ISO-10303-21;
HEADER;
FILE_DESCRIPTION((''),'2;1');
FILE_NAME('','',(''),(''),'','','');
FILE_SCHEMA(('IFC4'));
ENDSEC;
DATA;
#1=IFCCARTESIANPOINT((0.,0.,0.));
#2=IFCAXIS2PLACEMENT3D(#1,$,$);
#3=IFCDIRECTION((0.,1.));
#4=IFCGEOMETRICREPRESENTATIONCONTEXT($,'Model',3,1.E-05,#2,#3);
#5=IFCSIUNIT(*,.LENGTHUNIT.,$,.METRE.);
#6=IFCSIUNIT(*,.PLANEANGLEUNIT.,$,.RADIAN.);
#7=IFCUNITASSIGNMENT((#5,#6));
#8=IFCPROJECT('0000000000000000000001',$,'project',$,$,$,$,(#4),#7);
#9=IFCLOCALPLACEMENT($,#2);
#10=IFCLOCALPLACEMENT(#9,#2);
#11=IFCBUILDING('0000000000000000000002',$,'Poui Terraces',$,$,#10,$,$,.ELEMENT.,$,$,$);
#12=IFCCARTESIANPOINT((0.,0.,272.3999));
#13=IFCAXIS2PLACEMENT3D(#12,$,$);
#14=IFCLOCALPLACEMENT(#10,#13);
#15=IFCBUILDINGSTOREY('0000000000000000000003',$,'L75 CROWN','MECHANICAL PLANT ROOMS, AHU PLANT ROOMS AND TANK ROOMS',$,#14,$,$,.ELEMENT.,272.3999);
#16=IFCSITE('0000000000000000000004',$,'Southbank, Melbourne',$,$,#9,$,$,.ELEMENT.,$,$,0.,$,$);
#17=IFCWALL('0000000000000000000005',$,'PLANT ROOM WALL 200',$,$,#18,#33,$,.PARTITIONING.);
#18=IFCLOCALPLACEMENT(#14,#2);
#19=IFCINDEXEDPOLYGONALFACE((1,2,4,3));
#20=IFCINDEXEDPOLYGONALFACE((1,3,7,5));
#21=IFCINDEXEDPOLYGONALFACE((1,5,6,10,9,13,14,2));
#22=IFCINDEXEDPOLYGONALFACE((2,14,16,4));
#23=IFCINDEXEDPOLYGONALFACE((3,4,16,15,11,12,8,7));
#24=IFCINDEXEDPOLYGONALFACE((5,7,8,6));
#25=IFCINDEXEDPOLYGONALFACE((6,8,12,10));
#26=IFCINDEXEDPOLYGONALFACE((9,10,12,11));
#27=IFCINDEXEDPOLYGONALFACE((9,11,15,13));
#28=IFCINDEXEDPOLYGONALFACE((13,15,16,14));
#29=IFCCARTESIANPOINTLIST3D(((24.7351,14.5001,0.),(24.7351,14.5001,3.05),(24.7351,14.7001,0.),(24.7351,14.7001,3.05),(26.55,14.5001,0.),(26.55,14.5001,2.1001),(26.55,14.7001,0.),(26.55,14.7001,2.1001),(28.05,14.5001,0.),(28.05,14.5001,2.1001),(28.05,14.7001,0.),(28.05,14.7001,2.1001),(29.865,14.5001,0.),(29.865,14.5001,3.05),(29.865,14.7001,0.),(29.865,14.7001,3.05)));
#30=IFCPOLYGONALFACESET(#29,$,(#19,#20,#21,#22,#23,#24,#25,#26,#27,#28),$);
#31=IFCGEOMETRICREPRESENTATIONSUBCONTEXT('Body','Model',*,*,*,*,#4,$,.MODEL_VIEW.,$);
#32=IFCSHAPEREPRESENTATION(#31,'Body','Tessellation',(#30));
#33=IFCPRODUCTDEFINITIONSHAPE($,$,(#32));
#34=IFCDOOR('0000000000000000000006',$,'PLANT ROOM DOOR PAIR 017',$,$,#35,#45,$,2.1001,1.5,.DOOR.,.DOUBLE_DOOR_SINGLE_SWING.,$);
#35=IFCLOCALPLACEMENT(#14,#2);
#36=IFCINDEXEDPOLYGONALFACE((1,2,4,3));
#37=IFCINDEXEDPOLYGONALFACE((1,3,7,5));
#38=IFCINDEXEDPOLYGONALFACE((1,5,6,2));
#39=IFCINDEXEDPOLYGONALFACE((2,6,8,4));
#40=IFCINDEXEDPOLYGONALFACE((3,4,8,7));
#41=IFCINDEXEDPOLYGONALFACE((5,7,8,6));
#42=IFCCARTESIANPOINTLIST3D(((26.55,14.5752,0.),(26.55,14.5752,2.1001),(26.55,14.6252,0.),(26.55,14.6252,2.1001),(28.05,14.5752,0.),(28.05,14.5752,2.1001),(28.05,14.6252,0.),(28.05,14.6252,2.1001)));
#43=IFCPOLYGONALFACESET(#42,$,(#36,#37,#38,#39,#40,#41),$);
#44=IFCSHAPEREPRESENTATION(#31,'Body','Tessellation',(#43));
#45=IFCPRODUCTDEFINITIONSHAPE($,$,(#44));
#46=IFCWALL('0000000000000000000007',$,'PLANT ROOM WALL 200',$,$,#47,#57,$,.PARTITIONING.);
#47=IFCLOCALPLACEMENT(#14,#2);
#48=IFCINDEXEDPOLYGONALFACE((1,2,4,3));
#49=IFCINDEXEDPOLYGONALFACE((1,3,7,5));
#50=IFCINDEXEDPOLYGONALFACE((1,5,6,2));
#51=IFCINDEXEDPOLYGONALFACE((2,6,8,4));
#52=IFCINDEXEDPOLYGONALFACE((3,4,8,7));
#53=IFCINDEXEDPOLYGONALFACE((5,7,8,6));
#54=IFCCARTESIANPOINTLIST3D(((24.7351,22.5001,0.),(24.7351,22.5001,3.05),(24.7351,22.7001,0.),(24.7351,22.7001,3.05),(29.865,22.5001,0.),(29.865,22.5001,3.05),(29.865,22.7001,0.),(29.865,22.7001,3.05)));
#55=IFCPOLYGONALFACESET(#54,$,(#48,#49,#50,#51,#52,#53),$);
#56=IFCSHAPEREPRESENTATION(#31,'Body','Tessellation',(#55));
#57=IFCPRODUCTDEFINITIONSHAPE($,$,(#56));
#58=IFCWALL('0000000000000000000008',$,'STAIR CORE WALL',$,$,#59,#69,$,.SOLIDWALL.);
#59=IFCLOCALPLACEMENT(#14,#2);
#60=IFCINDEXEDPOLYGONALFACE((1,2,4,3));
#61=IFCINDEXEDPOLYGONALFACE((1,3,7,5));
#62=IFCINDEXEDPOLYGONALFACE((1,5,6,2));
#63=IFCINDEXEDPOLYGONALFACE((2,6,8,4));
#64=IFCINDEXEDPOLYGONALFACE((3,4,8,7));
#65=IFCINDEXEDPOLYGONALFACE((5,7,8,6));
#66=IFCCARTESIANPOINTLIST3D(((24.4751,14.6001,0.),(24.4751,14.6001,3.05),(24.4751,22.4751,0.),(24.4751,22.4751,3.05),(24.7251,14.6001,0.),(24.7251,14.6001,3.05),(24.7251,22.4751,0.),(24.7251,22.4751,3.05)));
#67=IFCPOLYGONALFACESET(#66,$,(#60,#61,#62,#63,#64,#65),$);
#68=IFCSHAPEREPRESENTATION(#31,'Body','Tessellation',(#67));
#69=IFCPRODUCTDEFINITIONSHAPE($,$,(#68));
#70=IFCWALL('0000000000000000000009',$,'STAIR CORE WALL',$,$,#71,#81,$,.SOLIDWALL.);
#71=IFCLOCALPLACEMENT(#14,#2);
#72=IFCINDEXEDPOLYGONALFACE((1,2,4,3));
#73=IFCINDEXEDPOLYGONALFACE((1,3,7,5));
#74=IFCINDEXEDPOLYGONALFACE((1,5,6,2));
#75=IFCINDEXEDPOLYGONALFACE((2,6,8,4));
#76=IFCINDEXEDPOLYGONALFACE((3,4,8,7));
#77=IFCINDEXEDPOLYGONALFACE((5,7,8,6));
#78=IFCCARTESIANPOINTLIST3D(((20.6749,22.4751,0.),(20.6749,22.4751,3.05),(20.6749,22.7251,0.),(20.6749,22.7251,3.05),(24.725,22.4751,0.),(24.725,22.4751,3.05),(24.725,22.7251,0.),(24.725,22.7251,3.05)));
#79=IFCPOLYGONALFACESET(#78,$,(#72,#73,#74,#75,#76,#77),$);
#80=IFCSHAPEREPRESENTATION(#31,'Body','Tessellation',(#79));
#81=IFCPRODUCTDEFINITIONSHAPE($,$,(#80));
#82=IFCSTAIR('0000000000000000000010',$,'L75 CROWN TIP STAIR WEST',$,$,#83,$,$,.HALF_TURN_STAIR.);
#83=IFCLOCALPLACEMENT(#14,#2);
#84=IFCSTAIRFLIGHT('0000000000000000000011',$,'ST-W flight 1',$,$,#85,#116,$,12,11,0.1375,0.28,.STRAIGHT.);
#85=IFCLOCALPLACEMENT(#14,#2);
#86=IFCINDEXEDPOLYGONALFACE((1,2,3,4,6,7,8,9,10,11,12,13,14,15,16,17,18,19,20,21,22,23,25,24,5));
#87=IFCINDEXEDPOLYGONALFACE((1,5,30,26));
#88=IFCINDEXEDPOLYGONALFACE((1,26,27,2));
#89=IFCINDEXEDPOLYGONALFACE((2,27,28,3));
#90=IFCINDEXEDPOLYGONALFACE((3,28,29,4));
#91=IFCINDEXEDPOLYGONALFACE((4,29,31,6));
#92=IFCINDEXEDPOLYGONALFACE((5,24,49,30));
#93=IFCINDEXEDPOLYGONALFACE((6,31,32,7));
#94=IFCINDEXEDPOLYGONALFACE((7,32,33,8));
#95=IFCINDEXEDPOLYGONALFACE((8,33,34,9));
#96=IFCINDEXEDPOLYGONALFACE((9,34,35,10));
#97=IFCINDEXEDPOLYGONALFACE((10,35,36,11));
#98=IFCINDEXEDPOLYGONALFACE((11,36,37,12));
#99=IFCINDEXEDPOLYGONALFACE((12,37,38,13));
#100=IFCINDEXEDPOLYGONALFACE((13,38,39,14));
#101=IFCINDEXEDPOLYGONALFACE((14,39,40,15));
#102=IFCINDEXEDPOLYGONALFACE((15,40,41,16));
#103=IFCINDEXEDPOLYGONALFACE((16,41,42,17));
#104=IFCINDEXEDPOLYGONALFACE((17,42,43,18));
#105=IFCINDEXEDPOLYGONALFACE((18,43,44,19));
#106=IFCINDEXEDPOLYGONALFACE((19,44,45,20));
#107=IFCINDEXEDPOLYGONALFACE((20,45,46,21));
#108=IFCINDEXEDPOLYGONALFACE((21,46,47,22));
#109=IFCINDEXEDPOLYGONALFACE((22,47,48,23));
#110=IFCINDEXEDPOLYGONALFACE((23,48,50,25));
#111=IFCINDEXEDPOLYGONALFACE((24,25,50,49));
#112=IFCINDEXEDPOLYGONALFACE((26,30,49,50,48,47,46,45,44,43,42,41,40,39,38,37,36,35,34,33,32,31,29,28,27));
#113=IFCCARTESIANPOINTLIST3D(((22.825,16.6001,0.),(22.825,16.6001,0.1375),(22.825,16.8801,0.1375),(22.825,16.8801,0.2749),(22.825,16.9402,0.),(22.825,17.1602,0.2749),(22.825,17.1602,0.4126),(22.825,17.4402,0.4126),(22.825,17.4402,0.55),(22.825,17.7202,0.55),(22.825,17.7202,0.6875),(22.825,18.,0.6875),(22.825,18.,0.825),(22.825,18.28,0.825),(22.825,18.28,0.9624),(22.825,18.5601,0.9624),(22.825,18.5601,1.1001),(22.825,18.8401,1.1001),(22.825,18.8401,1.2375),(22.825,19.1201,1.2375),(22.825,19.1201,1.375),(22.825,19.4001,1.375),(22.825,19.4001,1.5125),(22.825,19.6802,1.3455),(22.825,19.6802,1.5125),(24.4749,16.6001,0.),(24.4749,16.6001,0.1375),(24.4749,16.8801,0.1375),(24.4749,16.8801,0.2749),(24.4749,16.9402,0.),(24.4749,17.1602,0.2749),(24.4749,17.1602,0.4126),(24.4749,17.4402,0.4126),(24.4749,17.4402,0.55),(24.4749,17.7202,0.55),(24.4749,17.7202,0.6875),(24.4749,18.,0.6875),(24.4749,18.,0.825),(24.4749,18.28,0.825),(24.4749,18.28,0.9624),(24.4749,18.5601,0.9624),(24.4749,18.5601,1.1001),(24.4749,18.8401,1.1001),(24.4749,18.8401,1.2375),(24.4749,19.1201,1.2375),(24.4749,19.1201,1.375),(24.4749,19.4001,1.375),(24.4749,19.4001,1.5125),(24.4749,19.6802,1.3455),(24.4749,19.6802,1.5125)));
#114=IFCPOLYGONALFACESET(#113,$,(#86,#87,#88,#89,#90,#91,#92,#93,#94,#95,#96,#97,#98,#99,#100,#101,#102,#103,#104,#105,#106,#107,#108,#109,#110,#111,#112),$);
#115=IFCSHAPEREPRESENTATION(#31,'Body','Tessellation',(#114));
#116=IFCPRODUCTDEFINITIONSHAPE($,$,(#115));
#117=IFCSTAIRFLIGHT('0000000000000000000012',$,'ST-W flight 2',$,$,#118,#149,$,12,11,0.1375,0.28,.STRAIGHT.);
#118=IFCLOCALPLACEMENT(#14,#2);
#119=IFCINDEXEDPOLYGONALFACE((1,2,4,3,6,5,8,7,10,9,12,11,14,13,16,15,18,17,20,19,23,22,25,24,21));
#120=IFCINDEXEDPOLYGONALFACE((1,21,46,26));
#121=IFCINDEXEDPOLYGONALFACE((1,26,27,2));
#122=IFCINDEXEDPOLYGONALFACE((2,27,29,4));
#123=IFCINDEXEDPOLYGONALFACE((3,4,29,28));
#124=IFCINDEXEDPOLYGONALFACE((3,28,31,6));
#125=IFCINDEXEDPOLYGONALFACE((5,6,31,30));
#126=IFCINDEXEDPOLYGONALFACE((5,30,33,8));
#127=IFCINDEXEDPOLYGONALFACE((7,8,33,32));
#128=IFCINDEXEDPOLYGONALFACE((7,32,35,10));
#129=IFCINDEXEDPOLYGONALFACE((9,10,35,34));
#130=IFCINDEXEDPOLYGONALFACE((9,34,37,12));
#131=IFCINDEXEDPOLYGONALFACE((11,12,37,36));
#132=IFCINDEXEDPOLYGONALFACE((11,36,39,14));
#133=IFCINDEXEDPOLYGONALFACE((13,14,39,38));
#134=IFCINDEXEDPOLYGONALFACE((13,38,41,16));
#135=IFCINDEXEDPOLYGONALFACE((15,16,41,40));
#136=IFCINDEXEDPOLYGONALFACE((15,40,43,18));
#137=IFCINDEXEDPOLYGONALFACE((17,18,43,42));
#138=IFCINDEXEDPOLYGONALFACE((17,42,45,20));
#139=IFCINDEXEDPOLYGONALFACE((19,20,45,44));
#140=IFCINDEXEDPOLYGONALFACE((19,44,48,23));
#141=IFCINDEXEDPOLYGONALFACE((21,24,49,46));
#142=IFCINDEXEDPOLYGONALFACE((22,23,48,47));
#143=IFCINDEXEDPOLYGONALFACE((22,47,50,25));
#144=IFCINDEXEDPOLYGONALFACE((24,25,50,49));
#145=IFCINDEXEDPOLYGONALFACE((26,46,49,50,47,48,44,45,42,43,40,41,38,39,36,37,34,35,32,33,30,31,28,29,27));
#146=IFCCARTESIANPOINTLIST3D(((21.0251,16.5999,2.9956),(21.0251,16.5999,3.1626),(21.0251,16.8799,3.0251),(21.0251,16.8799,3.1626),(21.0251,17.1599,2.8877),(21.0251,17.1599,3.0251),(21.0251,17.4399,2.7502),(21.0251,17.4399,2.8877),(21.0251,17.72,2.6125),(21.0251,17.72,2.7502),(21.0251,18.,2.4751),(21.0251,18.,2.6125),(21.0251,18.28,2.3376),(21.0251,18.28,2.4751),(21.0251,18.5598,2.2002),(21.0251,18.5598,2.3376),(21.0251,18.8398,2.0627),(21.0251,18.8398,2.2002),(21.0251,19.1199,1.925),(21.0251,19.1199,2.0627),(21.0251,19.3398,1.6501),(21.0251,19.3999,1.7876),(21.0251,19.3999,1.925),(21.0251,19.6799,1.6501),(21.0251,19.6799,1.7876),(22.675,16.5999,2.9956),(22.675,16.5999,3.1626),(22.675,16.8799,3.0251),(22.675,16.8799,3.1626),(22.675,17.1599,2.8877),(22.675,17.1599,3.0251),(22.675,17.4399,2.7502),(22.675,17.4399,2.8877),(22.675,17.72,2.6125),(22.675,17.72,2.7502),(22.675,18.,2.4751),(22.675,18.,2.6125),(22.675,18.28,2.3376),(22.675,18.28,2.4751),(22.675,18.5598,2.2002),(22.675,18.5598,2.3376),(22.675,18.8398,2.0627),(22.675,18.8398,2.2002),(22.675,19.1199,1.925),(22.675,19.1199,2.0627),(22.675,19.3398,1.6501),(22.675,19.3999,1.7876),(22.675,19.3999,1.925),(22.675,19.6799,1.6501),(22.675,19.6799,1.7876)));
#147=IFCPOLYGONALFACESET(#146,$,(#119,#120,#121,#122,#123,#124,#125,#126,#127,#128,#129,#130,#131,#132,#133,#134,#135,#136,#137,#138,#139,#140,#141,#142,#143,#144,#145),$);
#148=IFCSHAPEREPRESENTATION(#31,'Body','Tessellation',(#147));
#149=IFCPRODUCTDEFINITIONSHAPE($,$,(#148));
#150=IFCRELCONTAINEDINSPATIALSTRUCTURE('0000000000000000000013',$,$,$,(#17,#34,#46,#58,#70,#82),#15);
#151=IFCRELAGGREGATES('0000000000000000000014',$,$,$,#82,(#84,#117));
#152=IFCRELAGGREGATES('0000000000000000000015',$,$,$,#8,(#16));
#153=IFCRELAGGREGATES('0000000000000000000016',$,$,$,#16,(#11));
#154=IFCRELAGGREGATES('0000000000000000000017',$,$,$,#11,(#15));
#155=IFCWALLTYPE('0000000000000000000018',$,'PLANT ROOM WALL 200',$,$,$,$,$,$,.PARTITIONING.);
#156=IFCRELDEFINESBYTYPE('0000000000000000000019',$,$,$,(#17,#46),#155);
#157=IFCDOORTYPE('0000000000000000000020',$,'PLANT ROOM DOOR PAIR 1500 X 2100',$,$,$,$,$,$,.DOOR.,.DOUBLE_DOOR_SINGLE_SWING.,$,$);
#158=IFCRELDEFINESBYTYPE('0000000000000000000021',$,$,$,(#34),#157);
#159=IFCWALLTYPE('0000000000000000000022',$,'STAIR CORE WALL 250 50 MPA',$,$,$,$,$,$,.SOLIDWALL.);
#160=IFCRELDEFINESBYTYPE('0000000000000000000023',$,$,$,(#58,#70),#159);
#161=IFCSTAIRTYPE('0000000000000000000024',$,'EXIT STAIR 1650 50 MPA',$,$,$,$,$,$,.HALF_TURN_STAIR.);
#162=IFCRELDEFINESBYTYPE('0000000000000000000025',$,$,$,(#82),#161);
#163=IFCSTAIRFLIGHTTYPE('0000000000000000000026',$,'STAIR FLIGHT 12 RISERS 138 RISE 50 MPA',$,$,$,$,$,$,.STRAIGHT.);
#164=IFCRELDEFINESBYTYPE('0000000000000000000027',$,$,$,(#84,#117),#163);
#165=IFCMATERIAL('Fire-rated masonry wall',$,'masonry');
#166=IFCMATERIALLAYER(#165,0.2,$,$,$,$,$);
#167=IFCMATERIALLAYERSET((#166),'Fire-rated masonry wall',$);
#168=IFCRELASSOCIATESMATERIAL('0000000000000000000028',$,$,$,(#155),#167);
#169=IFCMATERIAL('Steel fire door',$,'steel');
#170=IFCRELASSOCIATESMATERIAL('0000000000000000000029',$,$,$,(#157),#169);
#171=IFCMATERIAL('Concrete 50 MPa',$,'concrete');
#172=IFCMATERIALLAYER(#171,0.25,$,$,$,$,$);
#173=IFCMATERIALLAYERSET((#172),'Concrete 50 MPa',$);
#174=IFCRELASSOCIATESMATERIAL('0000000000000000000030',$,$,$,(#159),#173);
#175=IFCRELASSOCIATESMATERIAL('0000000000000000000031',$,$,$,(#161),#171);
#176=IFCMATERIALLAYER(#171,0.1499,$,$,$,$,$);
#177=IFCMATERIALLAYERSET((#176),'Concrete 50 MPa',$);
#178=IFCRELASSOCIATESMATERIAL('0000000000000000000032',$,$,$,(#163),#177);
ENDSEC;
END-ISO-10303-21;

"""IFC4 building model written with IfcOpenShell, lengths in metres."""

from ifc_helpers import new_model, si_unit, direction, frame, frame_2d, origin, place, context, subcontext, project, spatial, polyline, rectangle, outline, extrude, material, layer, layer_set, type_object, element, fill, aggregate, save


model = new_model("IFC4")

# Units and contexts
model_context = context("Model", 3, precision=1e-05, world=origin(), true_north=direction((0.0, 1.0)))
body_context = subcontext(model_context, "Body", "Model", "MODEL_VIEW")
ifc_project = project(units=[si_unit("LENGTHUNIT", "METRE"), si_unit("PLANEANGLEUNIT", "RADIAN")], contexts=[model_context])

# Site, building, storey
site_placement = place(None, origin())
site = spatial("IfcSite", under=ifc_project, at=site_placement, Name="Southbank, Melbourne", CompositionType="ELEMENT", RefElevation=0.0)
building_placement = place(site_placement, origin())
building = spatial("IfcBuilding", under=site, at=building_placement, Name="Poui Terraces", CompositionType="ELEMENT")
storey_placement = place(building_placement, frame((0.0, 0.0, 272.3999)))
storey = spatial("IfcBuildingStorey", under=building, at=storey_placement, Name="L75 CROWN", Description="MECHANICAL PLANT ROOMS, AHU PLANT ROOMS AND TANK ROOMS", CompositionType="ELEMENT", Elevation=272.3999)

# Wall, opening, door
ifc_material_1 = material(Name="Fire-rated masonry wall", Category="masonry")
ifc_layer_1 = layer(ifc_material_1, 0.2)
ifc_layer_set_1 = layer_set([ifc_layer_1], Name="Fire-rated masonry wall")
wall_type_1 = type_object("IfcWallType", Name="PLANT ROOM WALL 200", PredefinedType="PARTITIONING", material=ifc_layer_set_1)
wall_1_placement = place(storey_placement, frame((24.7351, 14.6001, 0.0), z_axis=(0.0, 0.0, 1.0), x_axis=(1.0, 0.0, 0.0)))
wall_1 = element("IfcWall", 1, at=wall_1_placement, inside=storey, type_object=wall_type_1, Name="PLANT ROOM WALL 200", PredefinedType="PARTITIONING", context=body_context, shape_type="SweptSolid", body=[
    extrude(rectangle(XDim=5.1299, YDim=0.2, at=frame_2d((2.5649, 0.0))), origin(), (0.0, 0.0, 1.0), 3.05),
])
opening_placement = place(wall_1_placement, frame((1.8149, 0.0, 0.0)))
opening = element("IfcOpeningElement", 2, at=opening_placement, cuts=wall_1, PredefinedType="OPENING", context=body_context, shape_type="SweptSolid", body=[
    extrude(rectangle(XDim=1.5, YDim=2.1001, at=frame_2d((0.75, 1.05))), frame((0.0, 0.1099, 0.0), z_axis=(0.0, -1.0, 0.0), x_axis=(1.0, 0.0, 0.0)), (0.0, 0.0, 1.0), 0.22),
])
ifc_material_2 = material(Name="Steel fire door", Category="steel")
door_type = type_object("IfcDoorType", Name="PLANT ROOM DOOR PAIR 1500 X 2100", OperationType="DOUBLE_DOOR_SINGLE_SWING", PredefinedType="DOOR", material=ifc_material_2)
door_placement = place(opening_placement, frame((1.5, 0.0, 0.0), z_axis=(0.0, 0.0, 1.0), x_axis=(-1.0, 0.0, 0.0)))
door = element("IfcDoor", 3, at=door_placement, inside=storey, type_object=door_type, Name="PLANT ROOM DOOR PAIR 017", OperationType="DOUBLE_DOOR_SINGLE_SWING", OverallHeight=2.1001, OverallWidth=1.5, PredefinedType="DOOR", context=body_context, shape_type="SweptSolid", body=[
    extrude(rectangle(XDim=1.5, YDim=2.1001, at=frame_2d((0.75, 1.05))), frame((0.0, 0.0249, 0.0), z_axis=(0.0, -1.0, 0.0), x_axis=(1.0, 0.0, 0.0)), (0.0, 0.0, 1.0), 0.05),
])
fill(opening, door)

# Walls
wall_2_placement = place(storey_placement, frame((24.7351, 22.6001, 0.0), z_axis=(0.0, 0.0, 1.0), x_axis=(1.0, 0.0, 0.0)))
element("IfcWall", 4, at=wall_2_placement, inside=storey, type_object=wall_type_1, Name="PLANT ROOM WALL 200", PredefinedType="PARTITIONING", context=body_context, shape_type="SweptSolid", body=[
    extrude(rectangle(XDim=5.1299, YDim=0.2, at=frame_2d((2.5649, 0.0))), origin(), (0.0, 0.0, 1.0), 3.05),
])
ifc_material_3 = material(Name="Concrete 50 MPa", Category="concrete")
ifc_layer_2 = layer(ifc_material_3, 0.25)
ifc_layer_set_2 = layer_set([ifc_layer_2], Name="Concrete 50 MPa")
wall_type_2 = type_object("IfcWallType", Name="STAIR CORE WALL 250 50 MPA", PredefinedType="SOLIDWALL", material=ifc_layer_set_2)
wall_3_placement = place(storey_placement, frame((24.6001, 14.6001, 0.0), z_axis=(0.0, 0.0, 1.0), x_axis=(0.0, 1.0, 0.0)))
element("IfcWall", 5, at=wall_3_placement, inside=storey, type_object=wall_type_2, Name="STAIR CORE WALL", PredefinedType="SOLIDWALL", context=body_context, shape_type="SweptSolid", body=[
    extrude(rectangle(XDim=7.875, YDim=0.25, at=frame_2d((3.9375, 0.0))), origin(), (0.0, 0.0, 1.0), 3.05),
])
wall_4_placement = place(storey_placement, frame((20.675, 22.6001, 0.0), z_axis=(0.0, 0.0, 1.0), x_axis=(1.0, 0.0, 0.0)))
element("IfcWall", 6, at=wall_4_placement, inside=storey, type_object=wall_type_2, Name="STAIR CORE WALL", PredefinedType="SOLIDWALL", context=body_context, shape_type="SweptSolid", body=[
    extrude(rectangle(XDim=4.05, YDim=0.25, at=frame_2d((2.0249, 0.0))), origin(), (0.0, 0.0, 1.0), 3.05),
])

# Stair, stair flights
stair_type = type_object("IfcStairType", Name="EXIT STAIR 1650 50 MPA", PredefinedType="HALF_TURN_STAIR", material=ifc_material_3)
stair_placement = place(storey_placement, origin())
stair = element("IfcStair", 7, at=stair_placement, inside=storey, type_object=stair_type, Name="L75 CROWN TIP STAIR WEST", PredefinedType="HALF_TURN_STAIR")
ifc_layer_3 = layer(ifc_material_3, 0.1499)
ifc_layer_set_3 = layer_set([ifc_layer_3], Name="Concrete 50 MPa")
stair_flight_type = type_object("IfcStairFlightType", Name="STAIR FLIGHT 12 RISERS 138 RISE 50 MPA", PredefinedType="STRAIGHT", material=ifc_layer_set_3)
stair_flight_1_placement = place(storey_placement, frame((23.6499, 16.6001, 0.0), z_axis=(0.0, 0.0, 1.0), x_axis=(0.0, 1.0, 0.0)))
stair_flight_1 = element("IfcStairFlight", 8, at=stair_flight_1_placement, type_object=stair_flight_type, Name="ST-W flight 1", NumberOfRisers=12, NumberOfTreads=11, PredefinedType="STRAIGHT", RiserHeight=0.1375, TreadLength=0.28, context=body_context, shape_type="SweptSolid", body=[
    extrude(outline(polyline([(0.0, 0.0), (0.0, 0.1375), (0.28, 0.1375), (0.28, 0.2749), (0.5601, 0.2749), (0.5601, 0.4126), (0.8401, 0.4126), (0.8401, 0.55), (1.1201, 0.55), (1.1201, 0.6875), (1.3999, 0.6875), (1.3999, 0.825), (1.6799, 0.825), (1.6799, 0.9624), (1.96, 0.9624), (1.96, 1.1001), (2.24, 1.1001), (2.24, 1.2375), (2.52, 1.2375), (2.52, 1.375), (2.8, 1.375), (2.8, 1.5125), (3.0801, 1.5125), (3.0801, 1.6499), (3.0801, 1.3455), (0.3401, 0.0), (0.0, 0.0)])), frame((0.0, 0.825, 0.0), z_axis=(0.0, -1.0, 0.0), x_axis=(1.0, 0.0, 0.0)), (0.0, 0.0, 1.0), 1.6499),
])
stair_flight_2_placement = place(storey_placement, frame((21.8501, 19.6799, 1.6501), z_axis=(0.0, 0.0, 1.0), x_axis=(0.0, -1.0, 0.0)))
stair_flight_2 = element("IfcStairFlight", 9, at=stair_flight_2_placement, type_object=stair_flight_type, Name="ST-W flight 2", NumberOfRisers=12, NumberOfTreads=11, PredefinedType="STRAIGHT", RiserHeight=0.1375, TreadLength=0.28, context=body_context, shape_type="SweptSolid", body=[
    extrude(outline(polyline([(0.0, 0.0), (0.0, 0.1375), (0.28, 0.1375), (0.28, 0.2749), (0.5601, 0.2749), (0.5601, 0.4126), (0.8401, 0.4126), (0.8401, 0.55), (1.1201, 0.55), (1.1201, 0.6875), (1.3999, 0.6875), (1.3999, 0.825), (1.6799, 0.825), (1.6799, 0.9624), (1.96, 0.9624), (1.96, 1.1001), (2.24, 1.1001), (2.24, 1.2375), (2.52, 1.2375), (2.52, 1.375), (2.8, 1.375), (2.8, 1.5125), (3.0801, 1.5125), (3.0801, 1.6499), (3.0801, 1.3455), (0.3401, 0.0), (0.0, 0.0)])), frame((0.0, 0.825, 0.0), z_axis=(0.0, -1.0, 0.0), x_axis=(1.0, 0.0, 0.0)), (0.0, 0.0, 1.0), 1.6499),
])
aggregate(stair, [stair_flight_1, stair_flight_2])

save(model, "model.ifc")
